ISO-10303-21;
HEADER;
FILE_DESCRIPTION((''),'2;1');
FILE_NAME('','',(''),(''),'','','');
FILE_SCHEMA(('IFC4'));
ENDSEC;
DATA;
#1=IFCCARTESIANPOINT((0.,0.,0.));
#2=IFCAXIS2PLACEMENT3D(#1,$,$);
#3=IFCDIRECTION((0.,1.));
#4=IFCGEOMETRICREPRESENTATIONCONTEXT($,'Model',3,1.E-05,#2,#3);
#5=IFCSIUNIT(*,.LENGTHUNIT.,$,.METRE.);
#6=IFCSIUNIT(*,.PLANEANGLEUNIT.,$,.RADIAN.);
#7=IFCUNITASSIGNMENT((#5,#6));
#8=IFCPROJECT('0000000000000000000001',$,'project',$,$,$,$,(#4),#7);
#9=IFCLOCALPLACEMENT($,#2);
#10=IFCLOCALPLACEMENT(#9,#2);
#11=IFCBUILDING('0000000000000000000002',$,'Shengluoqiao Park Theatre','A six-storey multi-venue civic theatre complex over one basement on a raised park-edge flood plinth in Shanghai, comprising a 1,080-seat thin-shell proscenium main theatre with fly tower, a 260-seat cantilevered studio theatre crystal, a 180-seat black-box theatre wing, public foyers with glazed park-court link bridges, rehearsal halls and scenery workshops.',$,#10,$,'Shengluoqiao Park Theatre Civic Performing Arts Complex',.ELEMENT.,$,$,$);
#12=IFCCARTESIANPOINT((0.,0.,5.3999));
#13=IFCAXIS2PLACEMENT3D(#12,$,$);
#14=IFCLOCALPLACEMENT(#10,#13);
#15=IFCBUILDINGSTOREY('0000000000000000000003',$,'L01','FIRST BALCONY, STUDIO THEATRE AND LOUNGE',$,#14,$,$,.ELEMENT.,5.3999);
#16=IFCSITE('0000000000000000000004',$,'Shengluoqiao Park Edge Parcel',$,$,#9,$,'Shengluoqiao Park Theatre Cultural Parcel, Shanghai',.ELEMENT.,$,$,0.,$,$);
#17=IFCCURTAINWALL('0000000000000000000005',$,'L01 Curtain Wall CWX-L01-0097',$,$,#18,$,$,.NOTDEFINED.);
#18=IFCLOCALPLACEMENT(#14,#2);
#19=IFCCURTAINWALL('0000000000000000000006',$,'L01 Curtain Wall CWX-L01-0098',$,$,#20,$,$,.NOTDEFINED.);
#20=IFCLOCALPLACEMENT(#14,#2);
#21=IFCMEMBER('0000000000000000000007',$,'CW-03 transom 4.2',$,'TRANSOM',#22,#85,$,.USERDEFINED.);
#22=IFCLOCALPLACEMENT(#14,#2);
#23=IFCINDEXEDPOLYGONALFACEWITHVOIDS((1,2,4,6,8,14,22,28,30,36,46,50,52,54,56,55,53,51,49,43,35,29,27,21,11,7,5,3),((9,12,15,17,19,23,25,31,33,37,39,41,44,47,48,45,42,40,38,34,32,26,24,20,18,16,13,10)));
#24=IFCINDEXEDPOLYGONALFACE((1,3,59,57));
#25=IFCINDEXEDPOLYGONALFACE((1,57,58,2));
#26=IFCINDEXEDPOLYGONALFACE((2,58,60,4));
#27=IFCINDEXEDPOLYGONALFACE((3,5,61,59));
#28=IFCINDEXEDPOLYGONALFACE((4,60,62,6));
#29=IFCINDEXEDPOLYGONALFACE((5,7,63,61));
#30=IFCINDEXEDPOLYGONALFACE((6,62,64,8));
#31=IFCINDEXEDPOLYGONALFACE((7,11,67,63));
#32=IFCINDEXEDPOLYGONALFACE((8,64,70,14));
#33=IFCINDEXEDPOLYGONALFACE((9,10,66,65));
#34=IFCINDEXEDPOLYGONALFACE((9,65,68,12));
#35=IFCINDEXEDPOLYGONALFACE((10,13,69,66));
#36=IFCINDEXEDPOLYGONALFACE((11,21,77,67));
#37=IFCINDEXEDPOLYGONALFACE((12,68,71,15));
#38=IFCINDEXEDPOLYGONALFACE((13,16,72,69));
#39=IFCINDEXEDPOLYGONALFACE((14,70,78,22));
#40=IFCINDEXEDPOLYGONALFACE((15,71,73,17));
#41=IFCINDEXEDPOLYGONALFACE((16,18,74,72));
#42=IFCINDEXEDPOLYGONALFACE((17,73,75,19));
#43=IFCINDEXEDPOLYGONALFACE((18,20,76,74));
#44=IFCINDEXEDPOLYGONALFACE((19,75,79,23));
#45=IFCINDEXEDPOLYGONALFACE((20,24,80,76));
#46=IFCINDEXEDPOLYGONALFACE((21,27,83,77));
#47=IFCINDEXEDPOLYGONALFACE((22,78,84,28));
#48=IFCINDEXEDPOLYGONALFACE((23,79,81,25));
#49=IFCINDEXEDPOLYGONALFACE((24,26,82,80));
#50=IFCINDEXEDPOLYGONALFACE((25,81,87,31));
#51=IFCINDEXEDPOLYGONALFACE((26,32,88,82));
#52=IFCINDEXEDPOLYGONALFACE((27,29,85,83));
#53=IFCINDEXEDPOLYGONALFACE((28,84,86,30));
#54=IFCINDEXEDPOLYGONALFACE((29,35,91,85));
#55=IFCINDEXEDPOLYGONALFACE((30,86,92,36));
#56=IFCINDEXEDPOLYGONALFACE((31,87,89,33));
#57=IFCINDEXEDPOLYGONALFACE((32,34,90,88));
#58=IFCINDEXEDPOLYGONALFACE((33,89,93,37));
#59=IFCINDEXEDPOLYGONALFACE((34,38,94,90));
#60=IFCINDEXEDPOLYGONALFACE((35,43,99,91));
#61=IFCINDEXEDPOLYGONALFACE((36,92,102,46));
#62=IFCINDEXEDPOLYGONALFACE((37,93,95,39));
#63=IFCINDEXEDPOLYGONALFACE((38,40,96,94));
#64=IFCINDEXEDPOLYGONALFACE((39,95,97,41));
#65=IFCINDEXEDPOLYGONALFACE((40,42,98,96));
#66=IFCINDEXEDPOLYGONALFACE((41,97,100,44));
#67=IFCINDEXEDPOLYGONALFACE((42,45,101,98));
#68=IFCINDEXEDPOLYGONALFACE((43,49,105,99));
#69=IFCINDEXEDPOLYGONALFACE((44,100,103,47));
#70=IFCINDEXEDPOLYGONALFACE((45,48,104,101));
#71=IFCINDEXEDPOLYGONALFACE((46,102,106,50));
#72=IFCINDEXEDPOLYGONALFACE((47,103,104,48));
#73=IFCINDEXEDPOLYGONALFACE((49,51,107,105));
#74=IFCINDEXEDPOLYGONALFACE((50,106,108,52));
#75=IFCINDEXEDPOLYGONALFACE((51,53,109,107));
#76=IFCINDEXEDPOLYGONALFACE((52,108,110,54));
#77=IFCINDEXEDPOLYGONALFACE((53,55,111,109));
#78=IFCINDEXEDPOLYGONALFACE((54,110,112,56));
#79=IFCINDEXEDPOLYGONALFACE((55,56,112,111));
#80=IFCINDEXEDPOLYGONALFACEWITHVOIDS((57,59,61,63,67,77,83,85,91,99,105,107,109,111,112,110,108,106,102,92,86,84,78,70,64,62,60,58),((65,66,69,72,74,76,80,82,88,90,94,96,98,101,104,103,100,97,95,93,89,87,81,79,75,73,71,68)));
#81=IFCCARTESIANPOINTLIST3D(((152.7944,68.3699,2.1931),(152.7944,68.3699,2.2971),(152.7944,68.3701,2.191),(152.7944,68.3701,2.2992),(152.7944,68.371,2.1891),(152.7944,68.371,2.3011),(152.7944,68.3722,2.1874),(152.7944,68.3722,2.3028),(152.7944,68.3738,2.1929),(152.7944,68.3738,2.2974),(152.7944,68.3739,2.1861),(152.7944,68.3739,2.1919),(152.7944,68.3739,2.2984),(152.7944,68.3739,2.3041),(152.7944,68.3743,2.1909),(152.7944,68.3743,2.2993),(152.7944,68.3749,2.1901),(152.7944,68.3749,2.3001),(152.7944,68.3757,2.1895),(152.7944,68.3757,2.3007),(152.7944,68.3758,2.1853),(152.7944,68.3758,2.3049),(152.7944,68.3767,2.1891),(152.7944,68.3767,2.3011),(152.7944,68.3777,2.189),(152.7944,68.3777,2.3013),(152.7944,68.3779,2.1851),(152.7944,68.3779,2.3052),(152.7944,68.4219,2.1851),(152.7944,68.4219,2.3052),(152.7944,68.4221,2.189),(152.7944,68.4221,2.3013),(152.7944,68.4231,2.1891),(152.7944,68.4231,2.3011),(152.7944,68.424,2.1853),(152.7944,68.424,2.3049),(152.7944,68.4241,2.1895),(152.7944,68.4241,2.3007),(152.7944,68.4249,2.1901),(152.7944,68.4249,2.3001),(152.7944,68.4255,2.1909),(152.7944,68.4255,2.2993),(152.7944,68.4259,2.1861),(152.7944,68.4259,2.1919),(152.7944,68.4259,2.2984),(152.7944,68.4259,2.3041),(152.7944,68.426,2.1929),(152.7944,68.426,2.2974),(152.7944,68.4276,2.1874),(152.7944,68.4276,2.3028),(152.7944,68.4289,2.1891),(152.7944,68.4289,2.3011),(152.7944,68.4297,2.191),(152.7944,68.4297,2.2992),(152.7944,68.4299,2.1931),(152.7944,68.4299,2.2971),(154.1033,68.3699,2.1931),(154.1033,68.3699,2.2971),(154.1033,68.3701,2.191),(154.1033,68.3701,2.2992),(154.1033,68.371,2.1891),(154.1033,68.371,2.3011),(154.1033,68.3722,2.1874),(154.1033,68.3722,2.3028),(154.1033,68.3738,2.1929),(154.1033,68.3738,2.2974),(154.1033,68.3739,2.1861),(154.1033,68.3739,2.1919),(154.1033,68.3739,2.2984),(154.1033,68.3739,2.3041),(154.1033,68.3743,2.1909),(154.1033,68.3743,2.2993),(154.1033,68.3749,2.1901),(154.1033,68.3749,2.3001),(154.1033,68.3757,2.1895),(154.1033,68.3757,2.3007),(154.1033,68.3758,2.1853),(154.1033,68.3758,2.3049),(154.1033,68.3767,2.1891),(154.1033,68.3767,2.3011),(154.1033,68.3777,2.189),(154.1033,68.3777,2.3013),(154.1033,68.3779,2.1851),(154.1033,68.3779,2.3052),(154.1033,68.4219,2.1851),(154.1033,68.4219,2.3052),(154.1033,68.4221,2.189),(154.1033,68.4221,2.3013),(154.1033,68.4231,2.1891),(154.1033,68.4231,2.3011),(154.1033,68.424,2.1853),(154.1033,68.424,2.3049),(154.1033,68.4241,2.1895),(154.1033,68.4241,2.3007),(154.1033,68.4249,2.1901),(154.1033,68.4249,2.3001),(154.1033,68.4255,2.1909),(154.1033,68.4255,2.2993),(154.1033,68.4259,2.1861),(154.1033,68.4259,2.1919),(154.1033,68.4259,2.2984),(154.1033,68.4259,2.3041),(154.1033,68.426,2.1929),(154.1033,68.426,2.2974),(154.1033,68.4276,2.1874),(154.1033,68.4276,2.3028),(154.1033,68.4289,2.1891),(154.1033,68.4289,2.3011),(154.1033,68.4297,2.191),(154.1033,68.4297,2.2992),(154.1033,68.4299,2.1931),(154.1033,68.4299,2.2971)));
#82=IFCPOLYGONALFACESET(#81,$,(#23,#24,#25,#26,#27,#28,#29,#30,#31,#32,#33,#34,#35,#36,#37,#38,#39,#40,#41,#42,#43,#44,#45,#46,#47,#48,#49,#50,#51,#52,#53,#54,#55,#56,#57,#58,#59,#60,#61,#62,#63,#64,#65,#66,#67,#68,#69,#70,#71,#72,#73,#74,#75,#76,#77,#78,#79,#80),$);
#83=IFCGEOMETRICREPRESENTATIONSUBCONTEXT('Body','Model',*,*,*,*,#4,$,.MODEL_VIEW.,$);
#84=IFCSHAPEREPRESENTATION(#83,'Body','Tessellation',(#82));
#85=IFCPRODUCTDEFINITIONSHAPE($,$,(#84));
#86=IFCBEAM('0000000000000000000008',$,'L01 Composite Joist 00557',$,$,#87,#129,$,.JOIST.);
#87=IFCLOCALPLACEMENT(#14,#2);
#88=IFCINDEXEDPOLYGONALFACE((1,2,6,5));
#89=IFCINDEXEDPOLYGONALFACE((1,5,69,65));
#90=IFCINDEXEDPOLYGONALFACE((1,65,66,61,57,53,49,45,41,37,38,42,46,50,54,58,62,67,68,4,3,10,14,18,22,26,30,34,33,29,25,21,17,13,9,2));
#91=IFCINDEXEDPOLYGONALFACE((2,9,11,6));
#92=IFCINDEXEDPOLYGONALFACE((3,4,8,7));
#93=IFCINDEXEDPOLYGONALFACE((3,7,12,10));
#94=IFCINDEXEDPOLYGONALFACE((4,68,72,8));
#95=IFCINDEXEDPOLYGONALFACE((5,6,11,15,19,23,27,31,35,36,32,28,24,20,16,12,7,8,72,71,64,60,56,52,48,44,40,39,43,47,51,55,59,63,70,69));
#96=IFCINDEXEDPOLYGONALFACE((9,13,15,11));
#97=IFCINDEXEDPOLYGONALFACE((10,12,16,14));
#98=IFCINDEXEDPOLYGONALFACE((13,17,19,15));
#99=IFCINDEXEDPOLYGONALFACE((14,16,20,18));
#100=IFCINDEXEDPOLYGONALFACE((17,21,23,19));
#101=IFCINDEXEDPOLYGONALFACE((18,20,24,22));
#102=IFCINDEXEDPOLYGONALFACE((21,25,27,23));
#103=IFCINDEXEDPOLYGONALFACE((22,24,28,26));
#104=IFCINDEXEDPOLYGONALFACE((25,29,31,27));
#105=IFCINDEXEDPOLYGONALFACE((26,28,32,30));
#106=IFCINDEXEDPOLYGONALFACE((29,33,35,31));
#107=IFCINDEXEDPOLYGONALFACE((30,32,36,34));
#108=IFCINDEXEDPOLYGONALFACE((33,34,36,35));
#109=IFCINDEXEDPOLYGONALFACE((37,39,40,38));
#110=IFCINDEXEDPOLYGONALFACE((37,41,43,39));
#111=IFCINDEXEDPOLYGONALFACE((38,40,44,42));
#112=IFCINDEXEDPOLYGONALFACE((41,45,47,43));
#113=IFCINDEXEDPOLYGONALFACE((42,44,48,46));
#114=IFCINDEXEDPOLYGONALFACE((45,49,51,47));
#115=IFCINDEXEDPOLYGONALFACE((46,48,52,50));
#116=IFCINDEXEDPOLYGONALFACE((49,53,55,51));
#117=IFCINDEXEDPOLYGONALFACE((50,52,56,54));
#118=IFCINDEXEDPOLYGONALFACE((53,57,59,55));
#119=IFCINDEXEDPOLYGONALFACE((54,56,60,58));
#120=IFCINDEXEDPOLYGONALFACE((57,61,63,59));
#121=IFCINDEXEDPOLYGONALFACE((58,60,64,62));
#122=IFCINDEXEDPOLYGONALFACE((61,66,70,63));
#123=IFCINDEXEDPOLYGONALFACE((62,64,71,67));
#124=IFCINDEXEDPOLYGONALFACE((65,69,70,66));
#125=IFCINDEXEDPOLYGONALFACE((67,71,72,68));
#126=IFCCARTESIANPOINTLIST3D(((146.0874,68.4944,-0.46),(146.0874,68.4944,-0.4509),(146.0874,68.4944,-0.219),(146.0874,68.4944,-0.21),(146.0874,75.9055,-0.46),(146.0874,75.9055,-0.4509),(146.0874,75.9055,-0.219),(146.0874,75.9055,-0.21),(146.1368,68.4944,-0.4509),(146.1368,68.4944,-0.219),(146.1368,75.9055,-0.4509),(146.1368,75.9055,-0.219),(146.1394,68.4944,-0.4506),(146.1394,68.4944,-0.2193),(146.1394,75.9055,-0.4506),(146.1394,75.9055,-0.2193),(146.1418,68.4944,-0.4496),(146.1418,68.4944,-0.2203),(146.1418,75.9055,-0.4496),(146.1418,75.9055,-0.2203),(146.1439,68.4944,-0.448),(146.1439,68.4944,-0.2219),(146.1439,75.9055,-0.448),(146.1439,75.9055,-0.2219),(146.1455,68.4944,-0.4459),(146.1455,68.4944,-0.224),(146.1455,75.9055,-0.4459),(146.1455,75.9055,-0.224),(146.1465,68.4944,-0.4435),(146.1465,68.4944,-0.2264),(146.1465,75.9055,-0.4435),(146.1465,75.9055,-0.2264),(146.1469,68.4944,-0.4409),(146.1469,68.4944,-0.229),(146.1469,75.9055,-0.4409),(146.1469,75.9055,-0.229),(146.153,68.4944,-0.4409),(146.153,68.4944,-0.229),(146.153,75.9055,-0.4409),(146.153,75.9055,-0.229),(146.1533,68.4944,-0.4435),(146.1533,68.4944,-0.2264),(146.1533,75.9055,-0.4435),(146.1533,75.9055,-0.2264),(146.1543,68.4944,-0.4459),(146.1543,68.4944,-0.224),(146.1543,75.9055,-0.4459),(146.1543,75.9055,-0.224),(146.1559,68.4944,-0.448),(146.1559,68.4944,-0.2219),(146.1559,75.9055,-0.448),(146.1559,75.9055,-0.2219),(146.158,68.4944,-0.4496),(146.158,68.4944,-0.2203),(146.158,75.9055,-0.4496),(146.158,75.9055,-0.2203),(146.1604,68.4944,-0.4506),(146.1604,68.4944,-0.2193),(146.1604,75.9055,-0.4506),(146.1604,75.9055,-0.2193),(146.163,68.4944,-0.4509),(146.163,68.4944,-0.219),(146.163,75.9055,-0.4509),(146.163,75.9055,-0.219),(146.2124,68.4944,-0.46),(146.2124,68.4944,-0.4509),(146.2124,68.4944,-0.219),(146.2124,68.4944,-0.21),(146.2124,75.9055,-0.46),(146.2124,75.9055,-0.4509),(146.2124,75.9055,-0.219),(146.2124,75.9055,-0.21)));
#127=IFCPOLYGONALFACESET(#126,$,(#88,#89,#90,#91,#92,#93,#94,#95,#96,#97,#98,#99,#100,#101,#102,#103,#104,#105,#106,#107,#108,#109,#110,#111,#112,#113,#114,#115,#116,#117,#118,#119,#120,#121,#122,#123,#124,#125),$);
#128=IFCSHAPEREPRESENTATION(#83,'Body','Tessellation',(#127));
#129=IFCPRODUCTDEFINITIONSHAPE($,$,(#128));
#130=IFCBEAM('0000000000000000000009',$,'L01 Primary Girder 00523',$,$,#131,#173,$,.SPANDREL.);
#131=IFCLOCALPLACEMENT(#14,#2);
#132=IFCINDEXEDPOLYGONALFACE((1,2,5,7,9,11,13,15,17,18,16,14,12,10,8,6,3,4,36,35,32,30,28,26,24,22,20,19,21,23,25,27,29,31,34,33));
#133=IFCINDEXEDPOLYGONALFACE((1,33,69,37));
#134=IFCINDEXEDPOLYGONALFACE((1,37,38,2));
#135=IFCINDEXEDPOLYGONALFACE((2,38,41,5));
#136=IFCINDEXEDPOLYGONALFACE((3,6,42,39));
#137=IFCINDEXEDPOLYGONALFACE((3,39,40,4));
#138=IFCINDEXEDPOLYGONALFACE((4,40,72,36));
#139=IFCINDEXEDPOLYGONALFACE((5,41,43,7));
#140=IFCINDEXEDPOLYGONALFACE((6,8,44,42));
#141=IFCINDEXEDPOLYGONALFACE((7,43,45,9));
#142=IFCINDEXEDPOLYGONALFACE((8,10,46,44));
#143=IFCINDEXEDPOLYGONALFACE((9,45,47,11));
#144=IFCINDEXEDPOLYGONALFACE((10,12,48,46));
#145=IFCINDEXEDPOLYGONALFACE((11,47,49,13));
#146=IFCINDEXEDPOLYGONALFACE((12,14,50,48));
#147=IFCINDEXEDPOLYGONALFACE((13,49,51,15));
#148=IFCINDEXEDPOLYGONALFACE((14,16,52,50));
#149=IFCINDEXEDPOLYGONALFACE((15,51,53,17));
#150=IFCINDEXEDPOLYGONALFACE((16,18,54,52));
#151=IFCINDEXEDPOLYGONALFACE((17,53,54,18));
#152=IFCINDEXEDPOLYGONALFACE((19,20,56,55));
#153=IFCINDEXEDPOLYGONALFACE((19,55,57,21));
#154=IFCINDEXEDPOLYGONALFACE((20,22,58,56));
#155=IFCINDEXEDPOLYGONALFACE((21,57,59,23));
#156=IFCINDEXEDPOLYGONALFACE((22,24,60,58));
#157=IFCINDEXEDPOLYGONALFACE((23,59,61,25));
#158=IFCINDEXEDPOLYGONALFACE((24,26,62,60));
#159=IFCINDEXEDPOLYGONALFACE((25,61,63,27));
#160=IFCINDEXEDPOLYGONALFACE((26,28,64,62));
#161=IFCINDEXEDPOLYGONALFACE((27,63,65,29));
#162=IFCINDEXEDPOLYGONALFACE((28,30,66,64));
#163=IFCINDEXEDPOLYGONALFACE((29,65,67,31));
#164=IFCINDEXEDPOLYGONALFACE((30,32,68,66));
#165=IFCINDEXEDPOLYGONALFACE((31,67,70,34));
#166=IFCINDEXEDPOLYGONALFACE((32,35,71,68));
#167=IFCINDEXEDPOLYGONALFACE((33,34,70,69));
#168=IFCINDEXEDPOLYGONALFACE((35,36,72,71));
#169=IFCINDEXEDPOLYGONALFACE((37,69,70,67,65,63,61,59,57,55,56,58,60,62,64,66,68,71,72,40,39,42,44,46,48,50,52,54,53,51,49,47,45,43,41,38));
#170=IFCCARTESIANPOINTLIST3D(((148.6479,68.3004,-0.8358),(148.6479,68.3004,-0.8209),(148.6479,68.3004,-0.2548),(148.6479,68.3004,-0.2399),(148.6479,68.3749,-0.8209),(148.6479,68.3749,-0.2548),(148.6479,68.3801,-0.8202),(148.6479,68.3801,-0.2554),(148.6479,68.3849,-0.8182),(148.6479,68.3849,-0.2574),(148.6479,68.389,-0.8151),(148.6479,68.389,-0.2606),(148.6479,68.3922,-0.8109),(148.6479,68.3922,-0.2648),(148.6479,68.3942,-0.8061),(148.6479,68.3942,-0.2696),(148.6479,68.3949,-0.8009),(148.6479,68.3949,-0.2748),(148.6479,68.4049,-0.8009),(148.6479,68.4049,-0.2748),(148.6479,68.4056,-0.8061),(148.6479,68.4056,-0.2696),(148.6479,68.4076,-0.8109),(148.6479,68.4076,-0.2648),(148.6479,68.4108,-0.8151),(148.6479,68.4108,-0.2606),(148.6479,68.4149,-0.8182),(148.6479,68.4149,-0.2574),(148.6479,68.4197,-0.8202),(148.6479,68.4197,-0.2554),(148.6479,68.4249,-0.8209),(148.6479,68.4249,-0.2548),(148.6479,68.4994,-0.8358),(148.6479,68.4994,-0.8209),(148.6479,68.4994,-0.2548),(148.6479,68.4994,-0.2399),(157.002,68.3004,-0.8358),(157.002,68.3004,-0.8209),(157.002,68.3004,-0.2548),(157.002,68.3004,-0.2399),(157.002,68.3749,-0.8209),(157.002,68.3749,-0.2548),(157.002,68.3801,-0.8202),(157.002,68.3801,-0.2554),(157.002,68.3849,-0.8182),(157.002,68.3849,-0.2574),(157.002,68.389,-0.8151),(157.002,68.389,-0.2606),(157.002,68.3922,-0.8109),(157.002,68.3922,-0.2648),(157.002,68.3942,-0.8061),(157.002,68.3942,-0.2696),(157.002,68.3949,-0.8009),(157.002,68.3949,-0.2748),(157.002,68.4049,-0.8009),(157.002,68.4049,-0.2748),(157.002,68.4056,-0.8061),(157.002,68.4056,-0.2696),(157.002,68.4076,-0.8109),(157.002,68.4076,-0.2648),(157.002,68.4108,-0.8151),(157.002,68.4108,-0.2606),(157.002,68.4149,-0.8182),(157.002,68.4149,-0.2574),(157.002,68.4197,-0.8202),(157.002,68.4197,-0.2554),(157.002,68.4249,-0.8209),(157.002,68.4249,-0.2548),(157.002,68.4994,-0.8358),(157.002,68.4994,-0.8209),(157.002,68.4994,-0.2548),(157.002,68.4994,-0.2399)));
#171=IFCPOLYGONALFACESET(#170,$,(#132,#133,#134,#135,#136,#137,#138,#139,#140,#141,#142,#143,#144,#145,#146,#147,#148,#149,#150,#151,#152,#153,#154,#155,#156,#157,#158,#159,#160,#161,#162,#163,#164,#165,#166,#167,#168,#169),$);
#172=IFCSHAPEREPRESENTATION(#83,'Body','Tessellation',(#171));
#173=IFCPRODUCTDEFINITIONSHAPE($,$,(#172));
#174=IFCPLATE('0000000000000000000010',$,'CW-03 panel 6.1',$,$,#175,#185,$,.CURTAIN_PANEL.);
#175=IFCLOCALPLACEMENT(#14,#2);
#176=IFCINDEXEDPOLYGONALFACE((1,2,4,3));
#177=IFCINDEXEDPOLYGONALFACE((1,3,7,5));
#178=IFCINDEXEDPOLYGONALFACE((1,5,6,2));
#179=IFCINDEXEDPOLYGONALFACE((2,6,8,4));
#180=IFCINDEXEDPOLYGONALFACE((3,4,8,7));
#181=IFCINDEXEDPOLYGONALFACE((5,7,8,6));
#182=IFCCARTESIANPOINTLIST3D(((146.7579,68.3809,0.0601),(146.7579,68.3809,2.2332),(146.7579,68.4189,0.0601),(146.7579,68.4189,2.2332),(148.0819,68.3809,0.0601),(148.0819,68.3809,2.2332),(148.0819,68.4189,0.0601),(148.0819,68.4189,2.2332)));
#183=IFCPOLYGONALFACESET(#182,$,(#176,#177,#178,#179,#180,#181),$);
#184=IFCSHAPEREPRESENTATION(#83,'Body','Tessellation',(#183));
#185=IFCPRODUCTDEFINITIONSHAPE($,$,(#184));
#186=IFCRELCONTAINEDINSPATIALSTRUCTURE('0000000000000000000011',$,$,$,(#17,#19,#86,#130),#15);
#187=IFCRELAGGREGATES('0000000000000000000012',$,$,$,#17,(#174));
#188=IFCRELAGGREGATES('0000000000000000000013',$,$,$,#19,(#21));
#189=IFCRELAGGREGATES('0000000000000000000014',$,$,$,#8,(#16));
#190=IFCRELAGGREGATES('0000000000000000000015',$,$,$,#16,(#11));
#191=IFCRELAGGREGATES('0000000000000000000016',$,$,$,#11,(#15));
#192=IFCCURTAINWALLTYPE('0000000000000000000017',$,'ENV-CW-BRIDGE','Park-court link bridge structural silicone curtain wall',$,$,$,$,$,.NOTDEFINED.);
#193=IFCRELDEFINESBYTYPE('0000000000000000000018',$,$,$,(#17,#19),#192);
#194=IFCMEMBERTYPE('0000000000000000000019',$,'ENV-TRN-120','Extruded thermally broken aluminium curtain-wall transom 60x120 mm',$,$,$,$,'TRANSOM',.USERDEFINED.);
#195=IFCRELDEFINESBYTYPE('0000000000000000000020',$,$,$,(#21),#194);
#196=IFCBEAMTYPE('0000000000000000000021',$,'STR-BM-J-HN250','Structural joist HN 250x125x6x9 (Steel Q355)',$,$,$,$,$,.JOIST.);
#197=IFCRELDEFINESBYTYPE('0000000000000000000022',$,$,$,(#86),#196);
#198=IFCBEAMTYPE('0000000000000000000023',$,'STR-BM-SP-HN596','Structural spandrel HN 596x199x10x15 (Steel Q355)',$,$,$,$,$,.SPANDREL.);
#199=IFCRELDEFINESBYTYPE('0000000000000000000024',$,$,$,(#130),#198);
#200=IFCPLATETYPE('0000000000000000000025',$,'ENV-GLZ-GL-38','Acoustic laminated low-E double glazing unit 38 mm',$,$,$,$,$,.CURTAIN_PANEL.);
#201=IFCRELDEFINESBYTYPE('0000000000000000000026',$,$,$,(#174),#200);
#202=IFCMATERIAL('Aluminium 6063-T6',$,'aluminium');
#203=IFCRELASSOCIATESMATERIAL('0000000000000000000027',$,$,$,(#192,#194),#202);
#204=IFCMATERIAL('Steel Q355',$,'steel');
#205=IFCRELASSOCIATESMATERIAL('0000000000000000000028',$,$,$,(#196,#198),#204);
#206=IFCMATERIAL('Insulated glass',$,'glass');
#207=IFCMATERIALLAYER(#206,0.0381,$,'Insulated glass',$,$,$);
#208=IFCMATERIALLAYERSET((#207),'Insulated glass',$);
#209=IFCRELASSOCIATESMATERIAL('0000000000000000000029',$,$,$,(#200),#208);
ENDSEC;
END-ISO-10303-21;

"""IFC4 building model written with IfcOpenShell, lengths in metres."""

from ifc_helpers import new_model, si_unit, direction, frame, origin, origin_2d, place, context, subcontext, project, spatial, rectangle, hollow_rectangle, i_section, extrude, material, layer, layer_set, material_profile, profile_set, type_object, element, aggregate, save


model = new_model("IFC4")

# Units and contexts
model_context = context("Model", 3, precision=1e-05, world=origin(), true_north=direction((0.0, 1.0)))
body_context = subcontext(model_context, "Body", "Model", "MODEL_VIEW")
ifc_project = project(units=[si_unit("LENGTHUNIT", "METRE"), si_unit("PLANEANGLEUNIT", "RADIAN")], contexts=[model_context])

# Site, building, storey
site_placement = place(None, origin())
site = spatial("IfcSite", under=ifc_project, at=site_placement, Name="Shengluoqiao Park Edge Parcel", LongName="Shengluoqiao Park Theatre Cultural Parcel, Shanghai", CompositionType="ELEMENT", RefElevation=0.0)
building_placement = place(site_placement, origin())
building = spatial("IfcBuilding", under=site, at=building_placement, Name="Shengluoqiao Park Theatre", Description="A six-storey multi-venue civic theatre complex over one basement on a raised park-edge flood plinth in Shanghai, comprising a 1,080-seat thin-shell proscenium main theatre with fly tower, a 260-seat cantilevered studio theatre crystal, a 180-seat black-box theatre wing, public foyers with glazed park-court link bridges, rehearsal halls and scenery workshops.", LongName="Shengluoqiao Park Theatre Civic Performing Arts Complex", CompositionType="ELEMENT")
storey_placement = place(building_placement, frame((0.0, 0.0, 5.3999)))
storey = spatial("IfcBuildingStorey", under=building, at=storey_placement, Name="L01", Description="FIRST BALCONY, STUDIO THEATRE AND LOUNGE", CompositionType="ELEMENT", Elevation=5.3999)

# Curtain walls
ifc_material_1 = material(Name="Aluminium 6063-T6", Category="aluminium")
curtain_wall_type = type_object("IfcCurtainWallType", Name="ENV-CW-BRIDGE", Description="Park-court link bridge structural silicone curtain wall", PredefinedType="NOTDEFINED", material=ifc_material_1)
curtain_wall_1_placement = place(storey_placement, origin())
curtain_wall_1 = element("IfcCurtainWall", 1, at=curtain_wall_1_placement, inside=storey, type_object=curtain_wall_type, Name="L01 Curtain Wall CWX-L01-0097", PredefinedType="NOTDEFINED")
curtain_wall_2_placement = place(storey_placement, origin())
curtain_wall_2 = element("IfcCurtainWall", 2, at=curtain_wall_2_placement, inside=storey, type_object=curtain_wall_type, Name="L01 Curtain Wall CWX-L01-0098", PredefinedType="NOTDEFINED")

# Member
ifc_material_profile_1 = material_profile(ifc_material_1, hollow_rectangle(XDim=0.0601, YDim=0.1201, WallThickness=0.0039, InnerFilletRadius=0.0039, OuterFilletRadius=0.0081, at=origin_2d()), Name="ALU TRANSOM 120x60x4")
ifc_profile_set_1 = profile_set([ifc_material_profile_1], Name="Aluminium 6063-T6")
member_type_1 = type_object("IfcMemberType", Name="ENV-TRN-120", Description="Extruded thermally broken aluminium curtain-wall transom 60x120 mm", ElementType="TRANSOM", PredefinedType="USERDEFINED", material=ifc_profile_set_1)
member_1_placement = place(storey_placement, frame((152.7944, 68.3999, 2.2451), z_axis=(1.0, 0.0, 0.0), x_axis=(0.0, 1.0, 0.0)))
member_1 = element("IfcMember", 3, at=member_1_placement, type_object=member_type_1, Name="CW-03 transom 4.2", ObjectType="TRANSOM", PredefinedType="USERDEFINED", context=body_context, shape_type="SweptSolid", body=[
    extrude(hollow_rectangle(XDim=0.0601, YDim=0.1201, WallThickness=0.0039, InnerFilletRadius=0.0039, OuterFilletRadius=0.0081, at=origin_2d()), origin(), (0.0, 0.0, 1.0), 1.3088),
])

# Beams
ifc_material_2 = material(Name="Steel Q355", Category="steel")
ifc_material_profile_2 = material_profile(ifc_material_2, i_section(OverallWidth=0.125, OverallDepth=0.25, WebThickness=0.0061, FlangeThickness=0.009, FilletRadius=0.01, at=origin_2d()), Name="HN 250x125x6x9")
ifc_profile_set_2 = profile_set([ifc_material_profile_2], Name="Steel Q355")
beam_type_1 = type_object("IfcBeamType", Name="STR-BM-J-HN250", Description="Structural joist HN 250x125x6x9 (Steel Q355)", PredefinedType="JOIST", material=ifc_profile_set_2)
beam_1_placement = place(storey_placement, frame((146.1499, 68.4944, -0.335), z_axis=(0.0, 1.0, 0.0), x_axis=(-1.0, 0.0, 0.0)))
element("IfcBeam", 4, at=beam_1_placement, inside=storey, type_object=beam_type_1, Name="L01 Composite Joist 00557", PredefinedType="JOIST", context=body_context, shape_type="SweptSolid", body=[
    extrude(i_section(OverallWidth=0.125, OverallDepth=0.25, WebThickness=0.0061, FlangeThickness=0.009, FilletRadius=0.01, at=origin_2d()), origin(), (0.0, 0.0, 1.0), 7.4111),
])
ifc_material_profile_3 = material_profile(ifc_material_2, i_section(OverallWidth=0.199, OverallDepth=0.5959, WebThickness=0.01, FlangeThickness=0.0149, FilletRadius=0.02, at=origin_2d()), Name="HN 596x199x10x15")
ifc_profile_set_3 = profile_set([ifc_material_profile_3], Name="Steel Q355")
beam_type_2 = type_object("IfcBeamType", Name="STR-BM-SP-HN596", Description="Structural spandrel HN 596x199x10x15 (Steel Q355)", PredefinedType="SPANDREL", material=ifc_profile_set_3)
beam_2_placement = place(storey_placement, frame((148.6479, 68.3999, -0.5378), z_axis=(1.0, 0.0, 0.0), x_axis=(0.0, 1.0, 0.0)))
element("IfcBeam", 5, at=beam_2_placement, inside=storey, type_object=beam_type_2, Name="L01 Primary Girder 00523", PredefinedType="SPANDREL", context=body_context, shape_type="SweptSolid", body=[
    extrude(i_section(OverallWidth=0.199, OverallDepth=0.5959, WebThickness=0.01, FlangeThickness=0.0149, FilletRadius=0.02, at=origin_2d()), origin(), (0.0, 0.0, 1.0), 8.354),
])

# Plate
ifc_material_3 = material(Name="Insulated glass", Category="glass")
ifc_layer = layer(ifc_material_3, 0.0381, Name="Insulated glass")
ifc_layer_set = layer_set([ifc_layer], Name="Insulated glass")
plate_type = type_object("IfcPlateType", Name="ENV-GLZ-GL-38", Description="Acoustic laminated low-E double glazing unit 38 mm", PredefinedType="CURTAIN_PANEL", material=ifc_layer_set)
plate_1_placement = place(storey_placement, frame((147.4199, 68.3999, 0.0601), z_axis=(0.0, 0.0, 1.0), x_axis=(1.0, 0.0, 0.0)))
plate_1 = element("IfcPlate", 6, at=plate_1_placement, type_object=plate_type, Name="CW-03 panel 6.1", PredefinedType="CURTAIN_PANEL", context=body_context, shape_type="SweptSolid", body=[
    extrude(rectangle(XDim=1.324, YDim=0.0381, at=origin_2d()), origin(), (0.0, 0.0, 1.0), 2.1731),
])
aggregate(curtain_wall_1, [plate_1])
aggregate(curtain_wall_2, [member_1])

save(model, "model.ifc")
